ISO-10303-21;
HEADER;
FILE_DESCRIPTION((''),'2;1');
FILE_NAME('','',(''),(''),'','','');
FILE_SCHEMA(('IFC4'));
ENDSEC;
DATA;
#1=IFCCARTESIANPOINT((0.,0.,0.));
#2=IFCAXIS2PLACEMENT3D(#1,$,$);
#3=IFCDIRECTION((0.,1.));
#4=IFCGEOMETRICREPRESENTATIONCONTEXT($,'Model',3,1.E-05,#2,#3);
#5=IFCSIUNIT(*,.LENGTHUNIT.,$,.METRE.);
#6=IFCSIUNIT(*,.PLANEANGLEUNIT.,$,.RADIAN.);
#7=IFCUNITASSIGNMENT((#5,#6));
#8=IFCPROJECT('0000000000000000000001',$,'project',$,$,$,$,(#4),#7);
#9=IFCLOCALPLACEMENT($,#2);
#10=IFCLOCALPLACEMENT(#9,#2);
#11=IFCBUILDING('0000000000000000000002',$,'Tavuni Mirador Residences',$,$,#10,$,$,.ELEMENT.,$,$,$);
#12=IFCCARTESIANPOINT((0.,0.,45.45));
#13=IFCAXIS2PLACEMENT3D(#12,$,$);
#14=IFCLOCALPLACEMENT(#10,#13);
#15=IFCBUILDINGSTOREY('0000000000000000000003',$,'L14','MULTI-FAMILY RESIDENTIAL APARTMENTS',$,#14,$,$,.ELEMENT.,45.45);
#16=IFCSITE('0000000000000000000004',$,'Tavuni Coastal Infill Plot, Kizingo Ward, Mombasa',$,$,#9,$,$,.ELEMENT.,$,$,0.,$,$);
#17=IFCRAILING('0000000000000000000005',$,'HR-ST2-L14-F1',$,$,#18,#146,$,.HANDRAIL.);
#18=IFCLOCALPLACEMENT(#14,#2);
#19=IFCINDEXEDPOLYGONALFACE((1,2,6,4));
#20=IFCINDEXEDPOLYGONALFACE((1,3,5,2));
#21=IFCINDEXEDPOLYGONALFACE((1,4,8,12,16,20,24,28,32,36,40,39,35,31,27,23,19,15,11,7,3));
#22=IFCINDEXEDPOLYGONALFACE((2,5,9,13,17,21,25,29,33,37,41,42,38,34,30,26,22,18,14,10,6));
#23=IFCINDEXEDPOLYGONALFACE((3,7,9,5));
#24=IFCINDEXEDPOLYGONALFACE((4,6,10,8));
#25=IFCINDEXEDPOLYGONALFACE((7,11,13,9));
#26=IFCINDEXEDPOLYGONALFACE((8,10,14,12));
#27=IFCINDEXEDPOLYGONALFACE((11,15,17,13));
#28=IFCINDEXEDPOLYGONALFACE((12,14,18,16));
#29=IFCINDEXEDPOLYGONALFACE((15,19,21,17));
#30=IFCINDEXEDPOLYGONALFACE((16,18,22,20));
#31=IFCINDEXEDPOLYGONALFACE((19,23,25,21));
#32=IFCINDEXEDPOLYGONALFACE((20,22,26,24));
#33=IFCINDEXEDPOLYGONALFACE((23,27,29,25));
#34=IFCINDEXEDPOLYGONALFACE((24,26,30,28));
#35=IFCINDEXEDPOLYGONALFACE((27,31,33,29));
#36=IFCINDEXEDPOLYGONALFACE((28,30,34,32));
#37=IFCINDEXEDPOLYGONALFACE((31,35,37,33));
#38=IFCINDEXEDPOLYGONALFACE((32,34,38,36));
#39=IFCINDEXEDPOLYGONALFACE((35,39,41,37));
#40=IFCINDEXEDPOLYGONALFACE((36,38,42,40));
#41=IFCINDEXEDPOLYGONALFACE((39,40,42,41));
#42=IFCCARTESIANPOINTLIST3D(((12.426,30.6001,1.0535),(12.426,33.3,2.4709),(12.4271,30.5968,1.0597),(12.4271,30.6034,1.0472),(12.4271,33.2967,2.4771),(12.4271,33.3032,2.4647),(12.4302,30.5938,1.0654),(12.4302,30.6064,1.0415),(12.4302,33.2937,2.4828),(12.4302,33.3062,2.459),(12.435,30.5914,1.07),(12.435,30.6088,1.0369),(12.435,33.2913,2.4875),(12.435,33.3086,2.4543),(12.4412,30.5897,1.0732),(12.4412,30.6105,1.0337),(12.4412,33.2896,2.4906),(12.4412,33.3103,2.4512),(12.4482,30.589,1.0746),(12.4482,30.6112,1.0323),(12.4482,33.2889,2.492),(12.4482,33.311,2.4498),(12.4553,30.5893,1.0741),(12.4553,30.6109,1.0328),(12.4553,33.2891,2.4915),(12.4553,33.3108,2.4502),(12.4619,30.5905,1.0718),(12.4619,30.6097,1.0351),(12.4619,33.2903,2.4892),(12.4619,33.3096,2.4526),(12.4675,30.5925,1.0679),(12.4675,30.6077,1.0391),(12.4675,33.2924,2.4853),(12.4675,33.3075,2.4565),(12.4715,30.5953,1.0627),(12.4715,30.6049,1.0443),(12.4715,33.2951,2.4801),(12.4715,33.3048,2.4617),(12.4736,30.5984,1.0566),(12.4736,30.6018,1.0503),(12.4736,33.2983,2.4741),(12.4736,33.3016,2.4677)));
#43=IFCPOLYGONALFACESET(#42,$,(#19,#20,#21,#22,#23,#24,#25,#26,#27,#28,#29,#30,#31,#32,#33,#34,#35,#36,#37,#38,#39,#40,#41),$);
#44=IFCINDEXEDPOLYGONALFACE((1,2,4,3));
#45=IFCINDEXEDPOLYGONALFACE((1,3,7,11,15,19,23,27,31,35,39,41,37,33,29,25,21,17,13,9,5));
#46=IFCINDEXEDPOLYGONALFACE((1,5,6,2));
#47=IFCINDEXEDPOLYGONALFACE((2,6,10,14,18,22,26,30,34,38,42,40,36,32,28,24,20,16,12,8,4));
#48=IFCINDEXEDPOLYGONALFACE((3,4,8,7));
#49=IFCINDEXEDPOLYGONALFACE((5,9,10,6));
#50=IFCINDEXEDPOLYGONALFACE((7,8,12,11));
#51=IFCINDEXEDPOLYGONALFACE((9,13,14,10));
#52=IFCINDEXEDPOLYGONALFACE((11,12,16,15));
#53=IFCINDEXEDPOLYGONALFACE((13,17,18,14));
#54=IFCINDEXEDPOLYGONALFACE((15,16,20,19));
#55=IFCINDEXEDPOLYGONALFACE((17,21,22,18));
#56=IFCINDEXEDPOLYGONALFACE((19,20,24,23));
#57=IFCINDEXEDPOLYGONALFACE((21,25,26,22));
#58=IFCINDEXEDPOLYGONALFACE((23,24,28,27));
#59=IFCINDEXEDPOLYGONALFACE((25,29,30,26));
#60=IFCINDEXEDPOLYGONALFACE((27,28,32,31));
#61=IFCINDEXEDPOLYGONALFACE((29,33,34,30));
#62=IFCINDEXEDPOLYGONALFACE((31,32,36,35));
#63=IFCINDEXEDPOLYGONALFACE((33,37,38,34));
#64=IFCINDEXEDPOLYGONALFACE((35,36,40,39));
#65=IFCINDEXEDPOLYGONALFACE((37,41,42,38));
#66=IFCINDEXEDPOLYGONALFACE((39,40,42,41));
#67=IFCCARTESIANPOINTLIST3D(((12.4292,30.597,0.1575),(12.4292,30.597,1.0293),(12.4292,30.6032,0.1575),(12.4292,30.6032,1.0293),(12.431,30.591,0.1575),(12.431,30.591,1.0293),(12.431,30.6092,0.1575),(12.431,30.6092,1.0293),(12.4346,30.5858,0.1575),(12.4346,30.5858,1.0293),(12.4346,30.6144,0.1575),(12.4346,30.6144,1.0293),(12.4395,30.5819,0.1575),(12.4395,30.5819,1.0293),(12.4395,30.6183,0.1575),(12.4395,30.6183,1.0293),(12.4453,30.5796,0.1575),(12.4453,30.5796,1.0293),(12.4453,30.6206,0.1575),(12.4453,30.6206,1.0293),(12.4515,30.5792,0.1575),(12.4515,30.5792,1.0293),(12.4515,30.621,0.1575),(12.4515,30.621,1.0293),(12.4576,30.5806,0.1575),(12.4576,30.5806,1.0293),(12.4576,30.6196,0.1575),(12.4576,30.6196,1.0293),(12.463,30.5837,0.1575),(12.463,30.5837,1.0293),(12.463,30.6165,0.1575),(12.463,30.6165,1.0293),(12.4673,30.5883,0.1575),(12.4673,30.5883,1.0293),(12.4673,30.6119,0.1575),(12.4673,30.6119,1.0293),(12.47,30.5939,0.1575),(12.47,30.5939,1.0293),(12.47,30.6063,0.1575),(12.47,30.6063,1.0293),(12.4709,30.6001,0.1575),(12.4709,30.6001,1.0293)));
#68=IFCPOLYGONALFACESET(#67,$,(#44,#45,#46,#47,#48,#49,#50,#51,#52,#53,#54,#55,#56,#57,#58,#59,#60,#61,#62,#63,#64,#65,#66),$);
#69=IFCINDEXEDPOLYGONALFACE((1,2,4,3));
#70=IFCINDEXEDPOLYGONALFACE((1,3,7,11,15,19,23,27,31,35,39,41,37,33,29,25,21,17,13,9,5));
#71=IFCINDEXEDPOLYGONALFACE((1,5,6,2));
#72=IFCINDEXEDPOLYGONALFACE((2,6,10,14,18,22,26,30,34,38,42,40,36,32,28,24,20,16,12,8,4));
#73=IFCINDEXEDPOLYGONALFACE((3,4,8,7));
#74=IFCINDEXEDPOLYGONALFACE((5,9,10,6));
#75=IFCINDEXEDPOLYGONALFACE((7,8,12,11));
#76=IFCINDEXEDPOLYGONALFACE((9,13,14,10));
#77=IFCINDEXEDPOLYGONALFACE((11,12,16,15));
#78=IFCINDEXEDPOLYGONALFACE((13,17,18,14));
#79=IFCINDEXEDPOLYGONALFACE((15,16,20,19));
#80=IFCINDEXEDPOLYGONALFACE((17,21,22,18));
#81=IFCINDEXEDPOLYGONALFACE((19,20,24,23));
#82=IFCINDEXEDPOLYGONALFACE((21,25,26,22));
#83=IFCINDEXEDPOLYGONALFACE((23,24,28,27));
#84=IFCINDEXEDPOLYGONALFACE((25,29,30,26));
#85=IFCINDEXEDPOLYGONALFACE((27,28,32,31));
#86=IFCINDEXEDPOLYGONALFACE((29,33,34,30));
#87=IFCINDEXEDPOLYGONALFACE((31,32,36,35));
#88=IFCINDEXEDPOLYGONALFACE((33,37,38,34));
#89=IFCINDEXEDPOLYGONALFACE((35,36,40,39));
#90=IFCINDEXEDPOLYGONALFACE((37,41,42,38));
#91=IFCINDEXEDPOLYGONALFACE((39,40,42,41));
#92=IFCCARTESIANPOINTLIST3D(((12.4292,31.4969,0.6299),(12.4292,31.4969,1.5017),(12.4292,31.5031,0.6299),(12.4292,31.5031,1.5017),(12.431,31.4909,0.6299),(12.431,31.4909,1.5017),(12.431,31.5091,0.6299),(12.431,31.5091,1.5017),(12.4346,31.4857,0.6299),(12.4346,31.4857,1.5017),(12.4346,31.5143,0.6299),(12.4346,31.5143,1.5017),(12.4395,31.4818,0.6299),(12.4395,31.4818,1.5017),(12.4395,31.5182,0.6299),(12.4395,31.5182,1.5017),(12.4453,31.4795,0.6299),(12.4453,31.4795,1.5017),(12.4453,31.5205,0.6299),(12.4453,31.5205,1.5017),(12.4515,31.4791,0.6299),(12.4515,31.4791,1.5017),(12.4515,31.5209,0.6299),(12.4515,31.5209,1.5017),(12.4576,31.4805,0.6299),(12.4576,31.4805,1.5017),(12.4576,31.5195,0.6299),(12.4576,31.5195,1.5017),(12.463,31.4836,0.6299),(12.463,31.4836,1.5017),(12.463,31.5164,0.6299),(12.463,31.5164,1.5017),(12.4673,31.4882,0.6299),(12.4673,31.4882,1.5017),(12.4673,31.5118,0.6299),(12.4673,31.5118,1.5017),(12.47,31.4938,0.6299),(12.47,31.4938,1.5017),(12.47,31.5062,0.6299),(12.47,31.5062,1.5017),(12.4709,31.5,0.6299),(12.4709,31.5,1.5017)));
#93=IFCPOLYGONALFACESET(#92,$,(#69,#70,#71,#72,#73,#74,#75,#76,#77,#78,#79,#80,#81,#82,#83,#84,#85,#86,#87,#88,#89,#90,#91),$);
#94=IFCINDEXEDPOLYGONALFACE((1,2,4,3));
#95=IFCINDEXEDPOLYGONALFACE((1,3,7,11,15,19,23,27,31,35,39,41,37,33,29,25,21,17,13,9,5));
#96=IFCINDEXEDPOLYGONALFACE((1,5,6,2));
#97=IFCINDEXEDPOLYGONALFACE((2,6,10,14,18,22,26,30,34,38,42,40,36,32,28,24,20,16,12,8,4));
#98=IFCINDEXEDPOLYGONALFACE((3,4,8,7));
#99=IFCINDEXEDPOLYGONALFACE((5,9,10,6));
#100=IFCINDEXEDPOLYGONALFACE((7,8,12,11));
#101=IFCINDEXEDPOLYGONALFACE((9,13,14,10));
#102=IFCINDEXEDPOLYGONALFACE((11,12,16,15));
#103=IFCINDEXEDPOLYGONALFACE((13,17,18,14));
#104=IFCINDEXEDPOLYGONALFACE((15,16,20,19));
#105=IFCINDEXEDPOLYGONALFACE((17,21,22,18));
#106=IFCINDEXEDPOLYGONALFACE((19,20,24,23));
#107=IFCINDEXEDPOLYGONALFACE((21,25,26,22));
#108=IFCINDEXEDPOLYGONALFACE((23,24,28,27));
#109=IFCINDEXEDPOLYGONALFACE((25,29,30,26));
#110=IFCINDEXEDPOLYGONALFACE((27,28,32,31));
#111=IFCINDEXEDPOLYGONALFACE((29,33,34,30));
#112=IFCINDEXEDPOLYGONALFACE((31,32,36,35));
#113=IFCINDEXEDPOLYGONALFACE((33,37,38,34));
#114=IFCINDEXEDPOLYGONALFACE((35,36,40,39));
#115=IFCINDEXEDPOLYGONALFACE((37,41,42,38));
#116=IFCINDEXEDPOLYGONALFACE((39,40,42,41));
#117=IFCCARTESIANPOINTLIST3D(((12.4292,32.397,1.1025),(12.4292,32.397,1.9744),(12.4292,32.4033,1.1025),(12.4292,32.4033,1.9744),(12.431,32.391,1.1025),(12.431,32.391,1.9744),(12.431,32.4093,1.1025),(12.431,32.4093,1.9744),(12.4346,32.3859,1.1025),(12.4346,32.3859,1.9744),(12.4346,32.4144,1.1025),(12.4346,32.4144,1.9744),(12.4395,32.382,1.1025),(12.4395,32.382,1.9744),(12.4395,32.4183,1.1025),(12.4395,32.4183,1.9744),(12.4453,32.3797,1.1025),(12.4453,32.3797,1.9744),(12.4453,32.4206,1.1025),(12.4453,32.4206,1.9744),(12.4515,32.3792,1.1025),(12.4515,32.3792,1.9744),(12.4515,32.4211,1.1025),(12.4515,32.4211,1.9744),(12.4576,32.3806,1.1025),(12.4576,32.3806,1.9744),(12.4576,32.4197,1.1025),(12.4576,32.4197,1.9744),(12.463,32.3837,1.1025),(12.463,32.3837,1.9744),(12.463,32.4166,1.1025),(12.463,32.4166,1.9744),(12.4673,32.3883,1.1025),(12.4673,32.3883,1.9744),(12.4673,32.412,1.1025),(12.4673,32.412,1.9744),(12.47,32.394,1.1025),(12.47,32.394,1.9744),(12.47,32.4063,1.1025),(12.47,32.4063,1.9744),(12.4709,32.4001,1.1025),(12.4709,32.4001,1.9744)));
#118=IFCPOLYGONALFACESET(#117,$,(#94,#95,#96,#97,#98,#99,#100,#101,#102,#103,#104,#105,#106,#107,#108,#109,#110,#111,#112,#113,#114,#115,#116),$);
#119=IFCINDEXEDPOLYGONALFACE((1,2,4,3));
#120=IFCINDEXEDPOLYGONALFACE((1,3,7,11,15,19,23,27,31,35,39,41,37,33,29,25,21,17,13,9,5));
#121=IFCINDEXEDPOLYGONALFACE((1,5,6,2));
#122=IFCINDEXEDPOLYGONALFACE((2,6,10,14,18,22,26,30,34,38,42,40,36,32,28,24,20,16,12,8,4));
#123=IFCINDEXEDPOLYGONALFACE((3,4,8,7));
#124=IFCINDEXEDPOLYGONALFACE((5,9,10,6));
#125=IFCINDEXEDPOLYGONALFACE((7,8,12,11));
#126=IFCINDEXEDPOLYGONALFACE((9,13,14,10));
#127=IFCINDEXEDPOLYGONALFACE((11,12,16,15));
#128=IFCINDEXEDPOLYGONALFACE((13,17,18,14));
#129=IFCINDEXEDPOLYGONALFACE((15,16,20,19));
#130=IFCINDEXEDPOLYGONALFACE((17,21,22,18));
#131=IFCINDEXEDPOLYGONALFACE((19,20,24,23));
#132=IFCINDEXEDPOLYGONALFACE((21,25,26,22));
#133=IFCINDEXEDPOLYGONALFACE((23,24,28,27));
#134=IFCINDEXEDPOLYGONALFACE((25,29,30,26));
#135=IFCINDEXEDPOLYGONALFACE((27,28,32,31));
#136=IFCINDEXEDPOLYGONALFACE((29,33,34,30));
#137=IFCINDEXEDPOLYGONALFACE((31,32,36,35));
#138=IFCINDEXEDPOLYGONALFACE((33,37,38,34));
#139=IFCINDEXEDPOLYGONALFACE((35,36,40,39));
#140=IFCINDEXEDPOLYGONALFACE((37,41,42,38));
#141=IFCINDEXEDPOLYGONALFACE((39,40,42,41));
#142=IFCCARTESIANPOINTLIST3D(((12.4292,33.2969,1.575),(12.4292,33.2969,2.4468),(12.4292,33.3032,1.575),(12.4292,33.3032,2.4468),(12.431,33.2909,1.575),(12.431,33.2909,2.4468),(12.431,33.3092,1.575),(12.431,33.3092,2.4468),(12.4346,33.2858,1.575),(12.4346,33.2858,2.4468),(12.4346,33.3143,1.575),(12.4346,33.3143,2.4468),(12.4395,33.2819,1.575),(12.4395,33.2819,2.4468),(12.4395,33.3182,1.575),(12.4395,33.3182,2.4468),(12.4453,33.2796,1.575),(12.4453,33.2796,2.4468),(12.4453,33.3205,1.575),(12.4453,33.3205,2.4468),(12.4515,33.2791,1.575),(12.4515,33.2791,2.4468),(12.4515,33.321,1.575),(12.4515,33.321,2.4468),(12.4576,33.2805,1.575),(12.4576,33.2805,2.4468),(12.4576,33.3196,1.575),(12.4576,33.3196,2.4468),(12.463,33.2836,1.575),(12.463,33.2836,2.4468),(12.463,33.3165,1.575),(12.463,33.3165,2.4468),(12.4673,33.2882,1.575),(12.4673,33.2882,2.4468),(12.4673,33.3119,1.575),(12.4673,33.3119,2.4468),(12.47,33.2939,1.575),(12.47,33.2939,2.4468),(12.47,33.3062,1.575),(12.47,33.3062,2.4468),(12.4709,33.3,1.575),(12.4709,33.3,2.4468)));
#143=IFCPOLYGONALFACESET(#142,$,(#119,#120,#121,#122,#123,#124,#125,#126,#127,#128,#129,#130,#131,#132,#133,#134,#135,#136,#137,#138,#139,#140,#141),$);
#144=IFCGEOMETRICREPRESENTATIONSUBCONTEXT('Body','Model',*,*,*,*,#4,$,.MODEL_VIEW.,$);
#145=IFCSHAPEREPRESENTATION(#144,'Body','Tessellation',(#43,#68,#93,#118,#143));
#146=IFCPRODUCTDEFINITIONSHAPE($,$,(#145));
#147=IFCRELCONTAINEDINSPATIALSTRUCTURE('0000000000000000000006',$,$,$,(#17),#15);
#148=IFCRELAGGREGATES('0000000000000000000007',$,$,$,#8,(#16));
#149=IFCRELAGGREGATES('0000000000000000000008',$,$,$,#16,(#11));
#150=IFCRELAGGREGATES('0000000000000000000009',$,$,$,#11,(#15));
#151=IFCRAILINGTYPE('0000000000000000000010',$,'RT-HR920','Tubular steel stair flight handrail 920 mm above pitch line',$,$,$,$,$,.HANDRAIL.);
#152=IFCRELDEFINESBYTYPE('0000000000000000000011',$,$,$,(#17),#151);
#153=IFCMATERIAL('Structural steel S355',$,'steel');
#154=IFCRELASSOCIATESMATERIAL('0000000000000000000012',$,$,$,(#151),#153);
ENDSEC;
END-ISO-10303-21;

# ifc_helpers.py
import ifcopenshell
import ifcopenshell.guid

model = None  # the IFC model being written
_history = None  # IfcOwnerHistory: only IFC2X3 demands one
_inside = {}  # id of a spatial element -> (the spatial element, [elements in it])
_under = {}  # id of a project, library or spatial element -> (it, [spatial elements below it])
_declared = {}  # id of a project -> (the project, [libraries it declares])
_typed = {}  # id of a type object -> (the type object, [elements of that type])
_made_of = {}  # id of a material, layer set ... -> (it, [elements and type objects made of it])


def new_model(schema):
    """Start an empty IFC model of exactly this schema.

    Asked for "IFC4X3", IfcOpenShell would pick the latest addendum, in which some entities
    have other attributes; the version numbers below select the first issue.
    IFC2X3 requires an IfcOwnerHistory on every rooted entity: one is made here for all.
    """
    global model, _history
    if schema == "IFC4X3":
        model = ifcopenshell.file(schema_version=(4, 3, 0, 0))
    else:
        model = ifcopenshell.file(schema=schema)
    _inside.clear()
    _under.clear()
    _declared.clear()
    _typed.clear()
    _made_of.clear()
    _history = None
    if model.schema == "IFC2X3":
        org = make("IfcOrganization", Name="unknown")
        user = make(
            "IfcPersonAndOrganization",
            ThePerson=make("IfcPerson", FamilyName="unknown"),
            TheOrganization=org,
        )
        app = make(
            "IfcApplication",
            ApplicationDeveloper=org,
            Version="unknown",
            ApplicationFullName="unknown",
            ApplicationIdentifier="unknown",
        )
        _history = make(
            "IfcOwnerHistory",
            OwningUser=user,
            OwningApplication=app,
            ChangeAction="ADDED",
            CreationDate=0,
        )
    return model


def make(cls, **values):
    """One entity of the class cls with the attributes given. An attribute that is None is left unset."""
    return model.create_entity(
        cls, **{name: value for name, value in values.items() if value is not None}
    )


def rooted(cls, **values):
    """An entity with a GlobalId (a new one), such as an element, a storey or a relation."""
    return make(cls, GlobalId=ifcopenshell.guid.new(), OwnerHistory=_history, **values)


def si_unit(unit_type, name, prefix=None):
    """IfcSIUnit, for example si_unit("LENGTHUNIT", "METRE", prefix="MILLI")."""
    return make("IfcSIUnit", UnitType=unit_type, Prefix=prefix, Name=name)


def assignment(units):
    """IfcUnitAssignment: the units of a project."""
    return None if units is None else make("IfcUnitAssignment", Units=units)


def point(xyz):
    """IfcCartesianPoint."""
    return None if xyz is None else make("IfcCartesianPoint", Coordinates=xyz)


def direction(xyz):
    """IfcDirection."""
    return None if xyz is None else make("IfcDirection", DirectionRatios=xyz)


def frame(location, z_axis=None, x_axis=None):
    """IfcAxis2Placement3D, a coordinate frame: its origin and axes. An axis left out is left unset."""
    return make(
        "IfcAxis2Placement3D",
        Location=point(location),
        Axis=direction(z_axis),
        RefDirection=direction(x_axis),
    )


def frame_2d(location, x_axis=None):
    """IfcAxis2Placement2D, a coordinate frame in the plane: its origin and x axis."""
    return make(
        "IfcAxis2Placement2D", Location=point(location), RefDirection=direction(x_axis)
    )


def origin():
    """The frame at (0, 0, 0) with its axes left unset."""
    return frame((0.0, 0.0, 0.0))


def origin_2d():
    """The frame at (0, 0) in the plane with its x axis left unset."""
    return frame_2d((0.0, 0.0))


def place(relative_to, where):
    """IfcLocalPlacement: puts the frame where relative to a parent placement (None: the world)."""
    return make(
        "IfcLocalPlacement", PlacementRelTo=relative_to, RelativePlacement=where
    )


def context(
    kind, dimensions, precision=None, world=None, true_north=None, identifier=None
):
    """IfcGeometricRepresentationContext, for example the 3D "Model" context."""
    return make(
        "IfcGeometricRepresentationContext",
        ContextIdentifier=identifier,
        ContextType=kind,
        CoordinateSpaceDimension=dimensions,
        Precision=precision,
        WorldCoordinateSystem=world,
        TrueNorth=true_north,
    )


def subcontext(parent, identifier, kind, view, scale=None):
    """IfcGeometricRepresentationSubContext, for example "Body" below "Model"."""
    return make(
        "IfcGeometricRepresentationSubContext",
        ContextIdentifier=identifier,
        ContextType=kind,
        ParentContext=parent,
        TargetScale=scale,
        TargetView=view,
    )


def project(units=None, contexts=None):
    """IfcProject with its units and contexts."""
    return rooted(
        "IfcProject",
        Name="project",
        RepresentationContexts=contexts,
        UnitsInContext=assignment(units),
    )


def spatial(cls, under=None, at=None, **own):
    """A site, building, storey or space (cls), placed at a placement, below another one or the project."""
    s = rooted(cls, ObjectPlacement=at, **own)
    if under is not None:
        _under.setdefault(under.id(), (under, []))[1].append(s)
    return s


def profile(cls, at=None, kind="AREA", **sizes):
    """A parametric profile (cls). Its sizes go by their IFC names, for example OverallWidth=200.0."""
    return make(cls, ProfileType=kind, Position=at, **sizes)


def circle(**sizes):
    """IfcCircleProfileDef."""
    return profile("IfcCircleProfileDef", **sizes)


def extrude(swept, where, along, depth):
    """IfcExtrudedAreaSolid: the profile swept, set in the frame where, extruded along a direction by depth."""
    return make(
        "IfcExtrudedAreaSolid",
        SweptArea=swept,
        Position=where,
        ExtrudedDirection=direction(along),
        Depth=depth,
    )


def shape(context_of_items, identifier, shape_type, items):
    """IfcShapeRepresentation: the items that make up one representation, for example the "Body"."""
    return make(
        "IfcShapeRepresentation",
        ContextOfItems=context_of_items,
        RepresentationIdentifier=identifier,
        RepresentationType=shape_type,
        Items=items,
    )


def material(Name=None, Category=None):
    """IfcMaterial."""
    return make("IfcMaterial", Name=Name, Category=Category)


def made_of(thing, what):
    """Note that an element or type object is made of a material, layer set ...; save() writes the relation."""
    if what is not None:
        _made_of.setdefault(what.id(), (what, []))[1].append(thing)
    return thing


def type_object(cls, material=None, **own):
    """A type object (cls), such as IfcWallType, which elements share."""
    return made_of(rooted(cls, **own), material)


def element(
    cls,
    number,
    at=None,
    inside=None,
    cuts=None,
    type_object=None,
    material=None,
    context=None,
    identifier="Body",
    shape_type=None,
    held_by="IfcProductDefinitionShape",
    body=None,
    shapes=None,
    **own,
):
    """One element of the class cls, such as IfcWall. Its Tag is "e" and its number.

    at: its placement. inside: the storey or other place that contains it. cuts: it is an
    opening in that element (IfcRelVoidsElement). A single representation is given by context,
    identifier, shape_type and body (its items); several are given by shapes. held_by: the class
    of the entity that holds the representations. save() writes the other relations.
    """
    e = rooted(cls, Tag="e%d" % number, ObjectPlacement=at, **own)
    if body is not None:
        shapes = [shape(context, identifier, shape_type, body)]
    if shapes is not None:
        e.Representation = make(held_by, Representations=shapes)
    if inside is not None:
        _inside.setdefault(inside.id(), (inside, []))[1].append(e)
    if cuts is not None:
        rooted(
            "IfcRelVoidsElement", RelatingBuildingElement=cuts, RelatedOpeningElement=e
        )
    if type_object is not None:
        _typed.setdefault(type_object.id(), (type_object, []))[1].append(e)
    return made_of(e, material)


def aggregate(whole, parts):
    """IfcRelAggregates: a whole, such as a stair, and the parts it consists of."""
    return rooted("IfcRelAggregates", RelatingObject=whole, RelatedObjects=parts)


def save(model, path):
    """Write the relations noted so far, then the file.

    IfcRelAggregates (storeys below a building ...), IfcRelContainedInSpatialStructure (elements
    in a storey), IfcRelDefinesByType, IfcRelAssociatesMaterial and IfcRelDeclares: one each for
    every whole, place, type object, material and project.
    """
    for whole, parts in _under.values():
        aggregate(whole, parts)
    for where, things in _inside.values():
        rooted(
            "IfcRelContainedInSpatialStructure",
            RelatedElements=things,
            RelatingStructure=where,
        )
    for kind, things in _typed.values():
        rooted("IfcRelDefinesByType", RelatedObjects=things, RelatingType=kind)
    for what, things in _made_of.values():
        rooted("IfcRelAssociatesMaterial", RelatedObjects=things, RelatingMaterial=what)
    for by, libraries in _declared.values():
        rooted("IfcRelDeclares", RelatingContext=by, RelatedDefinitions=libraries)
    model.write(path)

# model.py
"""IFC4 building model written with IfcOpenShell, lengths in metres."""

from ifc_helpers import new_model, si_unit, direction, frame, origin, origin_2d, place, context, subcontext, project, spatial, circle, extrude, material, type_object, element, save


model = new_model("IFC4")

# Units and contexts
model_context = context("Model", 3, precision=1e-05, world=origin(), true_north=direction((0.0, 1.0)))
body_context = subcontext(model_context, "Body", "Model", "MODEL_VIEW")
ifc_project = project(units=[si_unit("LENGTHUNIT", "METRE"), si_unit("PLANEANGLEUNIT", "RADIAN")], contexts=[model_context])

# Site, building, storey
site_placement = place(None, origin())
site = spatial("IfcSite", under=ifc_project, at=site_placement, Name="Tavuni Coastal Infill Plot, Kizingo Ward, Mombasa", CompositionType="ELEMENT", RefElevation=0.0)
building_placement = place(site_placement, origin())
building = spatial("IfcBuilding", under=site, at=building_placement, Name="Tavuni Mirador Residences", CompositionType="ELEMENT")
storey_placement = place(building_placement, frame((0.0, 0.0, 45.45)))
storey = spatial("IfcBuildingStorey", under=building, at=storey_placement, Name="L14", Description="MULTI-FAMILY RESIDENTIAL APARTMENTS", CompositionType="ELEMENT", Elevation=45.45)

# Shared definitions
ifc_material_1 = material(Name="Structural steel S355", Category="steel")

# Railing
railing_type_1 = type_object("IfcRailingType", Name="RT-HR920", Description="Tubular steel stair flight handrail 920 mm above pitch line", PredefinedType="HANDRAIL", material=ifc_material_1)
railing_1_placement = place(storey_placement, frame((12.45, 30.6001, 0.1575)))
element("IfcRailing", 1, at=railing_1_placement, inside=storey, type_object=railing_type_1, Name="HR-ST2-L14-F1", PredefinedType="HANDRAIL", context=body_context, shape_type="SweptSolid", body=[
    extrude(circle(Radius=0.0239, at=origin_2d()), frame((0.0, 0.0, 0.896), z_axis=(0.0, 0.885397, 0.464835), x_axis=(-1.0, 0.0, 0.0)), (0.0, 0.0, 1.0), 3.0493),
    extrude(circle(Radius=0.021, at=origin_2d()), origin(), (0.0, 0.0, 1.0), 0.8718),
    extrude(circle(Radius=0.021, at=origin_2d()), frame((0.0, 0.8999, 0.4724)), (0.0, 0.0, 1.0), 0.8718),
    extrude(circle(Radius=0.021, at=origin_2d()), frame((0.0, 1.8, 0.9451)), (0.0, 0.0, 1.0), 0.8718),
    extrude(circle(Radius=0.021, at=origin_2d()), frame((0.0, 2.7, 1.4175)), (0.0, 0.0, 1.0), 0.8718),
])

save(model, "model.ifc")
